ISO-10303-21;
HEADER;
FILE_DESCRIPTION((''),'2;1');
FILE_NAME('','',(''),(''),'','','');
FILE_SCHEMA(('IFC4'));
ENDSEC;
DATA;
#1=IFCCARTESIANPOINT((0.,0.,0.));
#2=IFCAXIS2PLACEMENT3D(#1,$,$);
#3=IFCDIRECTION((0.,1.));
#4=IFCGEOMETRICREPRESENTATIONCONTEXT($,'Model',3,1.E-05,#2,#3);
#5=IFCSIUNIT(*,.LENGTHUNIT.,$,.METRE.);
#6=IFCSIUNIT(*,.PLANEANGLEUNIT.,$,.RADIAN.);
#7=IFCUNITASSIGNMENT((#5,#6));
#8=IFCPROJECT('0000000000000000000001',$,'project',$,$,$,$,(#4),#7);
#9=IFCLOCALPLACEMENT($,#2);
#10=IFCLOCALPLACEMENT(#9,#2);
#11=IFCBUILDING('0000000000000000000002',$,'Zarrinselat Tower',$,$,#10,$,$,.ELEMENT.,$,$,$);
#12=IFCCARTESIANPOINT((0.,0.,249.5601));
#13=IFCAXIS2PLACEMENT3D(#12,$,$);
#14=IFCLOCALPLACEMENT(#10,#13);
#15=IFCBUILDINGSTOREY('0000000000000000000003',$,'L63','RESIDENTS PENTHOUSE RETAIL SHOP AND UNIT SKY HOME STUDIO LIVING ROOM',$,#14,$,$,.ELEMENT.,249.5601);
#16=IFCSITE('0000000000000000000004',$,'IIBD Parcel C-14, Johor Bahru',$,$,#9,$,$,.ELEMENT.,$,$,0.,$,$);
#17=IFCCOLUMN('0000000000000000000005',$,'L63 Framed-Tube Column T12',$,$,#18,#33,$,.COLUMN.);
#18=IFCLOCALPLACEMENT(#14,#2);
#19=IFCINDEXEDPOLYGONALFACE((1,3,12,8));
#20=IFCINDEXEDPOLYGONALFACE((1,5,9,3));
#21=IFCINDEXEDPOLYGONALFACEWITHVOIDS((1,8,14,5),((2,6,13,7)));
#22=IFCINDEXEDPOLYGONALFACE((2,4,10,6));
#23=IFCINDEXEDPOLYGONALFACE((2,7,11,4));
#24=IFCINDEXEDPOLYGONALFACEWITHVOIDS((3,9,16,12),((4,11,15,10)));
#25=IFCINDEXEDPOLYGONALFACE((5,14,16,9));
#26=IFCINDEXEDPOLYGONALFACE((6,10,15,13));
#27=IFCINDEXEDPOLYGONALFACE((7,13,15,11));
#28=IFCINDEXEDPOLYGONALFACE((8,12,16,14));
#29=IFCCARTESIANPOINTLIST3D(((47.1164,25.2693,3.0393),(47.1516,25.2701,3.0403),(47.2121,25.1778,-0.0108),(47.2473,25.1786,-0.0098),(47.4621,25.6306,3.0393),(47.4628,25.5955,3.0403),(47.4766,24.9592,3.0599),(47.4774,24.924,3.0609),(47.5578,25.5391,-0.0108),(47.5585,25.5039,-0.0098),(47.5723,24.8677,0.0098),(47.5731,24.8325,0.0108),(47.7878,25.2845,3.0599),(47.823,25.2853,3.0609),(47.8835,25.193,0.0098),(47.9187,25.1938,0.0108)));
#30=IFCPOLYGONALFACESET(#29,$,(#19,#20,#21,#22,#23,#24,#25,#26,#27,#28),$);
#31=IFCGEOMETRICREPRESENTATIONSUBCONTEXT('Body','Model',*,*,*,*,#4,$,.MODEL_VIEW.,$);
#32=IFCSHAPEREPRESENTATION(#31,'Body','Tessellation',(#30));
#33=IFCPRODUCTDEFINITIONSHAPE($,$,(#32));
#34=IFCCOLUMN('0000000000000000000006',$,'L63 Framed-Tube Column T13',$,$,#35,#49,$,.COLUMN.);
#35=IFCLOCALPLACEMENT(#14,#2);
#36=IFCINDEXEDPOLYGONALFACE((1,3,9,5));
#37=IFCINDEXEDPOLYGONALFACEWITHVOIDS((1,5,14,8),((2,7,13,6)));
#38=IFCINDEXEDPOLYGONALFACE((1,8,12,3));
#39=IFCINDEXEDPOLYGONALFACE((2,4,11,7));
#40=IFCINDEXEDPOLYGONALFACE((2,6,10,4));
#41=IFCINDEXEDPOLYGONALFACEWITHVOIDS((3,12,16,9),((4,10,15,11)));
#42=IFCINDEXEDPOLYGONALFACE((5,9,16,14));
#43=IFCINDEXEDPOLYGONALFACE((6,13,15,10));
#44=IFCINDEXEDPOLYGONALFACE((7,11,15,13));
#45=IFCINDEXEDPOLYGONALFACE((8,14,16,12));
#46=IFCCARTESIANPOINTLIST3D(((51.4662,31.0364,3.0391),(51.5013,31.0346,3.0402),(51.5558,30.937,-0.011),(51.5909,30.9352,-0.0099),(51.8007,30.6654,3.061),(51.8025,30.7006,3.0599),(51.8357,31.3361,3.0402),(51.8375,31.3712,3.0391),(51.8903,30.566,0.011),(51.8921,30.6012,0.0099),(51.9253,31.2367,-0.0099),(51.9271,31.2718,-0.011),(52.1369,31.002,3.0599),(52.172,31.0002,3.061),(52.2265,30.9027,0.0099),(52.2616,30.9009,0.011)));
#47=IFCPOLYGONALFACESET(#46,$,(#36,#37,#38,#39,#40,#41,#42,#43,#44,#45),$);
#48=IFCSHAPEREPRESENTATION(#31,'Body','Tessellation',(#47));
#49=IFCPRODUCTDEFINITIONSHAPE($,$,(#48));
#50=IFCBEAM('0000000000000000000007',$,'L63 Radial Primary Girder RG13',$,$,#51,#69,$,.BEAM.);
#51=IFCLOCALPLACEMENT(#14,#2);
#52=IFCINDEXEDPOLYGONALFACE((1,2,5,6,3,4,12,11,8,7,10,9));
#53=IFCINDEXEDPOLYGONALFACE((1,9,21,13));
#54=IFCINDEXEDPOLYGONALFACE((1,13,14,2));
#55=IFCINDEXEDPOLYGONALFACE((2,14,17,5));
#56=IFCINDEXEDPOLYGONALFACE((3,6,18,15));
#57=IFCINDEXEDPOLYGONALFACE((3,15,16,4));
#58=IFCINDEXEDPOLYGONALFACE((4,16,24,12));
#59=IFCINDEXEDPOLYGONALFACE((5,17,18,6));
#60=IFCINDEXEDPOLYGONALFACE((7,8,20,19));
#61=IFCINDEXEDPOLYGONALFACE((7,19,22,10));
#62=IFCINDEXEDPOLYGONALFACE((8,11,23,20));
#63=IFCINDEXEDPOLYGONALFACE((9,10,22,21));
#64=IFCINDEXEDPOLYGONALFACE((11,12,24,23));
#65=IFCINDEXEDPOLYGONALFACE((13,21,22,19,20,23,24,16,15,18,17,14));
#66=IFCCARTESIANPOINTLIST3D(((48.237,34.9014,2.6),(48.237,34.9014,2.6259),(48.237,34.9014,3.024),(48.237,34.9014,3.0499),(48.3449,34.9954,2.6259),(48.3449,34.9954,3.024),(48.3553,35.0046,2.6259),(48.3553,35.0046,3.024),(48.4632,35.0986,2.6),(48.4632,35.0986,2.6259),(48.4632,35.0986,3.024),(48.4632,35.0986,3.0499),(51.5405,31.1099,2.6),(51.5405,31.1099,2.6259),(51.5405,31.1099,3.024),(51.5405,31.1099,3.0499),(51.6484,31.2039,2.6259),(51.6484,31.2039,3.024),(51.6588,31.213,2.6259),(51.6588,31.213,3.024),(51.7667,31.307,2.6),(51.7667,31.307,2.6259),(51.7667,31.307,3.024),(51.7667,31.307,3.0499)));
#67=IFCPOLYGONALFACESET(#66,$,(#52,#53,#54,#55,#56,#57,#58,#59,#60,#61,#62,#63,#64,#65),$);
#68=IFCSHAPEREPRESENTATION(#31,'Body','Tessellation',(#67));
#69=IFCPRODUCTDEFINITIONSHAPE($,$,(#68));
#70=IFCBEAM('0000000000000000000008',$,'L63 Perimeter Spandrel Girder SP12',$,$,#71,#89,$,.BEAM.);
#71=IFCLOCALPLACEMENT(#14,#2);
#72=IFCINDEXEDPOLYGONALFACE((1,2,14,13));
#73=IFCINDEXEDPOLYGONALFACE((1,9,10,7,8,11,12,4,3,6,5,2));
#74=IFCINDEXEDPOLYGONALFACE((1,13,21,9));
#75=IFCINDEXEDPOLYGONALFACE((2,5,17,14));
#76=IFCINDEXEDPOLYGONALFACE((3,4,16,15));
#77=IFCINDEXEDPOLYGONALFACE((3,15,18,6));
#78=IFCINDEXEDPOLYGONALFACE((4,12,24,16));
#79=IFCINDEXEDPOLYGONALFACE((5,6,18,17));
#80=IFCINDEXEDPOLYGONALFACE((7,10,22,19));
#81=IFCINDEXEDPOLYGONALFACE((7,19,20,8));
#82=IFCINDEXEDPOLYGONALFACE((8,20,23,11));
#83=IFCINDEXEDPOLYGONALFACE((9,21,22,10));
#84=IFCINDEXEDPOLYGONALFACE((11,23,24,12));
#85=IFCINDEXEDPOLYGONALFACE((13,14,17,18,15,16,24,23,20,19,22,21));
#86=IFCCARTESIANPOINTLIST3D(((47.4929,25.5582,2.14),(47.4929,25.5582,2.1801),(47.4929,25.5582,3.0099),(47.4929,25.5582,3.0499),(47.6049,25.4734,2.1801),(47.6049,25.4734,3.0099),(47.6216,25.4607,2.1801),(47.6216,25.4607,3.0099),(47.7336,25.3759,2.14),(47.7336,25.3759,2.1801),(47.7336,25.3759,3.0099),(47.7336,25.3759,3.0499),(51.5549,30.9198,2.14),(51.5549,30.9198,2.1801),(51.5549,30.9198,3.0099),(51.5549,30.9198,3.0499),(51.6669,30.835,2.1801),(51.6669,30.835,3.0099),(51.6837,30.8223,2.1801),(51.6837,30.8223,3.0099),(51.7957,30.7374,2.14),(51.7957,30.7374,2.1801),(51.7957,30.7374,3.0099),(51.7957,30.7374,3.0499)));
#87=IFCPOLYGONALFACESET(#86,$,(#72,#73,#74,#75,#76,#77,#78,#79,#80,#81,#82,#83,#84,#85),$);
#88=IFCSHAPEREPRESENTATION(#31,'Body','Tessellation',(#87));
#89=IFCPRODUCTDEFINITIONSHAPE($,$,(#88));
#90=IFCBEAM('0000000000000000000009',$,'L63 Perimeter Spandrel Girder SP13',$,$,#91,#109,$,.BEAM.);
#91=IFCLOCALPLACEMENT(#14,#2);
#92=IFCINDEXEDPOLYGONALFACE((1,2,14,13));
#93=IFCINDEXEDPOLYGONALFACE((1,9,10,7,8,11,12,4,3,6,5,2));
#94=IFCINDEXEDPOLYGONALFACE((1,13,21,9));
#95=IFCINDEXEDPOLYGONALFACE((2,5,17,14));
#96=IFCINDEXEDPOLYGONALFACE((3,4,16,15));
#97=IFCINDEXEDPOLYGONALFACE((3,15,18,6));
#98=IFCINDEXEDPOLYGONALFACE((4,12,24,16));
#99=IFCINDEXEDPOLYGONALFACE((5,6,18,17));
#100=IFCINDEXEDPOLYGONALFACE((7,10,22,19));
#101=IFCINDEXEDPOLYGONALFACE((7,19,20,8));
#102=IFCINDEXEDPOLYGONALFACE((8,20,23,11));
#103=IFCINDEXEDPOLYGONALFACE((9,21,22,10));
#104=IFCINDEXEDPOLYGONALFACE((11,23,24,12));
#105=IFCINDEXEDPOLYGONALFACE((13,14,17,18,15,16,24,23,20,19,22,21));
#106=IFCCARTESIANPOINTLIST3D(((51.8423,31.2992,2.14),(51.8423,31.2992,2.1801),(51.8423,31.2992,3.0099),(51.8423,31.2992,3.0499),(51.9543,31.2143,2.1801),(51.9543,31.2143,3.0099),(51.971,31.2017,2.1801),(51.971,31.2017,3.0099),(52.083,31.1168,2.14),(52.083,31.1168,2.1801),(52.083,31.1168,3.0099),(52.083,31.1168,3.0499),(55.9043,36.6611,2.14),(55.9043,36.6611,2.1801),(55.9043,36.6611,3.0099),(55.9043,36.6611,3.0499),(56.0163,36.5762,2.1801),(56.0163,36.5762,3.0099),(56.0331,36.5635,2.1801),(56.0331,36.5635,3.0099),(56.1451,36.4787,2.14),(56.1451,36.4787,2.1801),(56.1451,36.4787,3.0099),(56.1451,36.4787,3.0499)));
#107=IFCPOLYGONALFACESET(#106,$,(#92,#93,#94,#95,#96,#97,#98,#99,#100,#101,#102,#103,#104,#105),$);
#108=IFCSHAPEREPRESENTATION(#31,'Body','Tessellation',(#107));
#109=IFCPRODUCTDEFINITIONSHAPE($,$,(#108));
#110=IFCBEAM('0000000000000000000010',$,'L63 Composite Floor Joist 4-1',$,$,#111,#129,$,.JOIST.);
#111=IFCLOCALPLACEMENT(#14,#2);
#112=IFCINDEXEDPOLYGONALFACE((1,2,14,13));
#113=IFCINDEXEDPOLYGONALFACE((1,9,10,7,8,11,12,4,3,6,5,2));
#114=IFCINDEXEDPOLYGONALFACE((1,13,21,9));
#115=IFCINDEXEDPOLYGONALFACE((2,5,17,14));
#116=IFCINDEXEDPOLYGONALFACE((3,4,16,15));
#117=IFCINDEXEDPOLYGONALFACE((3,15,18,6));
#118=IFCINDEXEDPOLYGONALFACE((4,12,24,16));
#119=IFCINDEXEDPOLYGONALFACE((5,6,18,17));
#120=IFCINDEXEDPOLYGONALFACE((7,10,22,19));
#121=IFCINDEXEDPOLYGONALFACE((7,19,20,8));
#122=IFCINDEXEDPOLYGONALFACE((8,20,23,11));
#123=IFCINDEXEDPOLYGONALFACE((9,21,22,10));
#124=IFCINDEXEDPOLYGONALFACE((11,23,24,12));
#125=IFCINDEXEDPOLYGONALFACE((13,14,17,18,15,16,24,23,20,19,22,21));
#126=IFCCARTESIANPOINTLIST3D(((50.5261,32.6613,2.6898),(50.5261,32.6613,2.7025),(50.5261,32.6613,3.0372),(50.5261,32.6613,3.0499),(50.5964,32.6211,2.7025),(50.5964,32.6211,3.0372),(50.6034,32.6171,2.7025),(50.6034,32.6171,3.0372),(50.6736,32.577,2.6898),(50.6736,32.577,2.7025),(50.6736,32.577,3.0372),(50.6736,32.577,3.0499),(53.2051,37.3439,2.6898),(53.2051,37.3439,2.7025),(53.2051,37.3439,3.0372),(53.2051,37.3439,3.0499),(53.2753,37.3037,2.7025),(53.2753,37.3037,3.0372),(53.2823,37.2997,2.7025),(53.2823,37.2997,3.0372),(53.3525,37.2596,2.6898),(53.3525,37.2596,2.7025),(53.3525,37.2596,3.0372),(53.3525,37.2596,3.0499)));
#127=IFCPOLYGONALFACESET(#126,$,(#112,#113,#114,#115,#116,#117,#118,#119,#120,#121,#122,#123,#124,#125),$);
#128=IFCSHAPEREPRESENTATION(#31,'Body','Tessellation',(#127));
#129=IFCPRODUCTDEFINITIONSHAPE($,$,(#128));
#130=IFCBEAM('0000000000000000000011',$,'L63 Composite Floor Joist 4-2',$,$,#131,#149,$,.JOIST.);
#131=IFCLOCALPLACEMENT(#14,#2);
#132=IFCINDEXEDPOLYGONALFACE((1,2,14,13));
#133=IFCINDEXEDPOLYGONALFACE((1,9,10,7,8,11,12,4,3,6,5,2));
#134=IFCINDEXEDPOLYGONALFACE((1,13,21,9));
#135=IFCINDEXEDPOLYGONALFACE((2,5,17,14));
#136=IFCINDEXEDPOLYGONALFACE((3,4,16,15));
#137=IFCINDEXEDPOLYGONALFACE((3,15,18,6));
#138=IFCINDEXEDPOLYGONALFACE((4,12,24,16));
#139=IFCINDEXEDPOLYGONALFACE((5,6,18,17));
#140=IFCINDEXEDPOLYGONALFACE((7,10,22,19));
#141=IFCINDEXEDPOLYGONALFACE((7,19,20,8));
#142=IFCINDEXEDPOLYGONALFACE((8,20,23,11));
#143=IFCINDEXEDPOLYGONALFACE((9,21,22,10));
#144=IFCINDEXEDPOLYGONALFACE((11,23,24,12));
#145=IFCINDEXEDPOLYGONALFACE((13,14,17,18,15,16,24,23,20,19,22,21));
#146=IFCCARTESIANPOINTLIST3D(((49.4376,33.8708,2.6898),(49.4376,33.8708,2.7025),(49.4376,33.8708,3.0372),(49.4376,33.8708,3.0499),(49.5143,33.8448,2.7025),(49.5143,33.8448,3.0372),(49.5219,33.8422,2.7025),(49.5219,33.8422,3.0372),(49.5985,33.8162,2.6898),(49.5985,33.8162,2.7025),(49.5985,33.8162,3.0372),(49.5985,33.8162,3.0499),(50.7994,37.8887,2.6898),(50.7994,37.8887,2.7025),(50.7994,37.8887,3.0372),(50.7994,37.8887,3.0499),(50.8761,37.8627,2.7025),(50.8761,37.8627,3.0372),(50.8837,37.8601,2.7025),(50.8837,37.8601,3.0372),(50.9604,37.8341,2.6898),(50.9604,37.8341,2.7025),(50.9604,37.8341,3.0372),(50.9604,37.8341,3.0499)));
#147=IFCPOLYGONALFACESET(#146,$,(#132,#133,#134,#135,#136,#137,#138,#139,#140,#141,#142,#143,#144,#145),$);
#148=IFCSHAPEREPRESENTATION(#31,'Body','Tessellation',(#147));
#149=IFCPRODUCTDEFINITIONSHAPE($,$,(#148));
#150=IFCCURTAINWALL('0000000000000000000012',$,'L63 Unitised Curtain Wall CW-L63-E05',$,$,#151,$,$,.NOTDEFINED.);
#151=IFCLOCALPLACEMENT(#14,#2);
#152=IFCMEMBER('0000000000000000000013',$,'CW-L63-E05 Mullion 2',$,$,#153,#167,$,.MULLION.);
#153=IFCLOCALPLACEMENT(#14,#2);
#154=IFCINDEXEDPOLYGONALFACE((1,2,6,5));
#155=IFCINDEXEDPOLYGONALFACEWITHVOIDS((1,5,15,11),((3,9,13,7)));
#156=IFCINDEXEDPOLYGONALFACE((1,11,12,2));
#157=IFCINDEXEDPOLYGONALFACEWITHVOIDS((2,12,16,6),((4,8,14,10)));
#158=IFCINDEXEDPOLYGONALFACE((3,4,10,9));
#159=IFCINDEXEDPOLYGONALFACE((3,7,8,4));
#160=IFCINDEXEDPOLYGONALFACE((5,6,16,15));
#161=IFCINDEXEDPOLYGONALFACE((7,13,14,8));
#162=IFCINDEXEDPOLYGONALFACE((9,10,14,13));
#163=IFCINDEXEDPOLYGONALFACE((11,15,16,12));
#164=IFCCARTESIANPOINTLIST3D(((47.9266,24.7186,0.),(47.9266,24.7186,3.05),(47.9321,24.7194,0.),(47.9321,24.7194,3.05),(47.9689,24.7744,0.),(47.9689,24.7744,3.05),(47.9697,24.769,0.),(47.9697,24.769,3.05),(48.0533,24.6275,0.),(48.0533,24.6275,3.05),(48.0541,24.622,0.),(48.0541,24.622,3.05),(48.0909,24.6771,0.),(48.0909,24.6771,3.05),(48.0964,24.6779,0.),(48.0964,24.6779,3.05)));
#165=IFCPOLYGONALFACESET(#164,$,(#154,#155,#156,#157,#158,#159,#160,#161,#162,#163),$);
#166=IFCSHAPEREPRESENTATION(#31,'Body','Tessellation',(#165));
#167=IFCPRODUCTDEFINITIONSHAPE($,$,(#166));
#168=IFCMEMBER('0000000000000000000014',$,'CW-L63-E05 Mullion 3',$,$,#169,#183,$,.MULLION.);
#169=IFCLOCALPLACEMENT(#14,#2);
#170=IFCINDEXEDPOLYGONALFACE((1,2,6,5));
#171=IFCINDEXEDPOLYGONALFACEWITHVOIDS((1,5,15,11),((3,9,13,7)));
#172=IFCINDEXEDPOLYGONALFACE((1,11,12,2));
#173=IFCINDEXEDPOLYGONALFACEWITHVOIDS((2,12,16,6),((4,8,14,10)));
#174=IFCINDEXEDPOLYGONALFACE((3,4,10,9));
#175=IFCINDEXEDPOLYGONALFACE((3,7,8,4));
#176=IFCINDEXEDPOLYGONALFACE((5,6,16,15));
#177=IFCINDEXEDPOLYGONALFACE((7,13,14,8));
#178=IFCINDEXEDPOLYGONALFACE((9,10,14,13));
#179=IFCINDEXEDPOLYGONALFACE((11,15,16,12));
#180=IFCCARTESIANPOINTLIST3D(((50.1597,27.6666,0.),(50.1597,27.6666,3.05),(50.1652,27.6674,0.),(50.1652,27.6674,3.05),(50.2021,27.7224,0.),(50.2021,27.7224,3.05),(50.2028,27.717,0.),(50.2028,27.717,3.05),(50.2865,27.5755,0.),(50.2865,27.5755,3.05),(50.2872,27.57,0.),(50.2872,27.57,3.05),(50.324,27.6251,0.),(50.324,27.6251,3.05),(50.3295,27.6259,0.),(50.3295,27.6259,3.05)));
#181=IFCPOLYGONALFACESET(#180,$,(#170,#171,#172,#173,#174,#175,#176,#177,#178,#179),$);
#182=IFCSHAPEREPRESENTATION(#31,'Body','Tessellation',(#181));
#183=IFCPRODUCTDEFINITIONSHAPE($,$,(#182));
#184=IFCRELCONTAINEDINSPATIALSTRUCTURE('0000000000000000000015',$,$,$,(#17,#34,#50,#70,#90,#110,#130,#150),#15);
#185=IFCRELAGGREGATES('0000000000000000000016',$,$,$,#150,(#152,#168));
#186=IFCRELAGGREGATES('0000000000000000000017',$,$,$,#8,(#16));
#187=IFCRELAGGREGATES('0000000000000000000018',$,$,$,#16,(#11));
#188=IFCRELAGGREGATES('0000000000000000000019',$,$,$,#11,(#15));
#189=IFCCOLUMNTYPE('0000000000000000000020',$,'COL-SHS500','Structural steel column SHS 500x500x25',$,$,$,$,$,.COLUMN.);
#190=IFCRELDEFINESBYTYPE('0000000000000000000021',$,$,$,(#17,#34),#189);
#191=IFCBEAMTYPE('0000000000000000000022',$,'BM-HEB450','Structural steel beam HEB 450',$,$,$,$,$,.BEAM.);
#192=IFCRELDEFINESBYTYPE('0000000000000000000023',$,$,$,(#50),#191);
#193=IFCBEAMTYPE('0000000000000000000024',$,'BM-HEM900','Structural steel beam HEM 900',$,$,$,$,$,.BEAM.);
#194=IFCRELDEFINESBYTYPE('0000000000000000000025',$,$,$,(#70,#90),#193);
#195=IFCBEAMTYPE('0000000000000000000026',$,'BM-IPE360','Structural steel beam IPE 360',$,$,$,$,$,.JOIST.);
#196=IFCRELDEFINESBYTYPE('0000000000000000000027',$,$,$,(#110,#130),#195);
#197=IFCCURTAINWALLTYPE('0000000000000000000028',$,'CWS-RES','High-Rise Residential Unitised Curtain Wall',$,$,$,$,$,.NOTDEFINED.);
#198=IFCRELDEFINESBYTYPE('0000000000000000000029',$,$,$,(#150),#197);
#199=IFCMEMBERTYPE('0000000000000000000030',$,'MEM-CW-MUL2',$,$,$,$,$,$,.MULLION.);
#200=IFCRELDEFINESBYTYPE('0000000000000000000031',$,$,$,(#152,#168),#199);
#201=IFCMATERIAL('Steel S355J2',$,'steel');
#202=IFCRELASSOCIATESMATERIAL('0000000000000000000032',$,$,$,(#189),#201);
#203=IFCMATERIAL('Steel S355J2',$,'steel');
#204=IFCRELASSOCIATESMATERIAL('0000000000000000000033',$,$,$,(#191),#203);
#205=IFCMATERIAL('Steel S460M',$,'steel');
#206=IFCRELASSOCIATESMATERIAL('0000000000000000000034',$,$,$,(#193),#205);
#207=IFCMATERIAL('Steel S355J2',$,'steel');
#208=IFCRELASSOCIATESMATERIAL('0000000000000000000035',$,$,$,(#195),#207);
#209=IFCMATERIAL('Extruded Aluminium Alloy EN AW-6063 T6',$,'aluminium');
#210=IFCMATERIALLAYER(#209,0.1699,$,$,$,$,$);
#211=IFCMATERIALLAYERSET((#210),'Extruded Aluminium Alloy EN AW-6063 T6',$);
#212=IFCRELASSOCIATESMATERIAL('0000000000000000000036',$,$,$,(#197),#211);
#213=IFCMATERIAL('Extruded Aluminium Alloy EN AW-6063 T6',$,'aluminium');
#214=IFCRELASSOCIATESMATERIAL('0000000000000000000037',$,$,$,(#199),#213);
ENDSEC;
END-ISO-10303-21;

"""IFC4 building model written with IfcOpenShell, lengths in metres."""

from ifc_helpers import new_model, si_unit, direction, frame, origin, origin_2d, place, context, subcontext, project, spatial, hollow_rectangle, i_section, extrude, material, layer, layer_set, material_profile, profile_set, type_object, element, aggregate, save


model = new_model("IFC4")

# Units and contexts
model_context = context("Model", 3, precision=1e-05, world=origin(), true_north=direction((0.0, 1.0)))
body_context = subcontext(model_context, "Body", "Model", "MODEL_VIEW")
ifc_project = project(units=[si_unit("LENGTHUNIT", "METRE"), si_unit("PLANEANGLEUNIT", "RADIAN")], contexts=[model_context])

# Site, building, storey
site_placement = place(None, origin())
site = spatial("IfcSite", under=ifc_project, at=site_placement, Name="IIBD Parcel C-14, Johor Bahru", CompositionType="ELEMENT", RefElevation=0.0)
building_placement = place(site_placement, origin())
building = spatial("IfcBuilding", under=site, at=building_placement, Name="Zarrinselat Tower", CompositionType="ELEMENT")
storey_placement = place(building_placement, frame((0.0, 0.0, 249.5601)))
storey = spatial("IfcBuildingStorey", under=building, at=storey_placement, Name="L63", Description="RESIDENTS PENTHOUSE RETAIL SHOP AND UNIT SKY HOME STUDIO LIVING ROOM", CompositionType="ELEMENT", Elevation=249.5601)

# Columns
ifc_material_1 = material(Name="Steel S355J2", Category="steel")
ifc_material_profile_1 = material_profile(ifc_material_1, hollow_rectangle(XDim=0.5, YDim=0.5, WallThickness=0.0249, at=origin_2d()), Name="SHS 500x500x25")
ifc_profile_set_1 = profile_set([ifc_material_profile_1], Name="Steel S355J2")
column_type = type_object("IfcColumnType", Name="COL-SHS500", Description="Structural steel column SHS 500x500x25", PredefinedType="COLUMN", material=ifc_profile_set_1)
for number, where, z_axis, x_axis, name in (
    (1, (47.5654, 25.1858, 0.0), (-0.031348, 0.029989, 0.999059), (-0.691264, -0.722602, 0.0), "L63 Framed-Tube Column T12"),
    (2, (51.9087, 30.9189, 0.0), (-0.029348, 0.032547, 0.999039), (-0.742659, -0.66967, 0.0), "L63 Framed-Tube Column T13"),
):
    element("IfcColumn", number, at=place(storey_placement, frame(where, z_axis=z_axis, x_axis=x_axis)), inside=storey, type_object=column_type, Name=name, PredefinedType="COLUMN", context=body_context, shape_type="SweptSolid", body=[
        extrude(hollow_rectangle(XDim=0.5, YDim=0.5, WallThickness=0.0249, at=origin_2d()), origin(), (0.0, 0.0, 1.0), 3.053),
    ])

# Beams
ifc_material_2 = material(Name="Steel S355J2", Category="steel")
ifc_material_profile_2 = material_profile(ifc_material_2, i_section(OverallWidth=0.3, OverallDepth=0.45, WebThickness=0.0139, FlangeThickness=0.0259, at=origin_2d()), Name="HEB 450")
ifc_profile_set_2 = profile_set([ifc_material_profile_2], Name="Steel S355J2")
beam_type_1 = type_object("IfcBeamType", Name="BM-HEB450", Description="Structural steel beam HEB 450", PredefinedType="BEAM", material=ifc_profile_set_2)
beam_1_placement = place(storey_placement, frame((48.3501, 35.0, 2.825), z_axis=(0.656915, -0.753964, 0.0), x_axis=(0.753964, 0.656915, 0.0)))
element("IfcBeam", 3, at=beam_1_placement, inside=storey, type_object=beam_type_1, Name="L63 Radial Primary Girder RG13", PredefinedType="BEAM", context=body_context, shape_type="SweptSolid", body=[
    extrude(i_section(OverallWidth=0.3, OverallDepth=0.45, WebThickness=0.0139, FlangeThickness=0.0259, at=origin_2d()), origin(), (0.0, 0.0, 1.0), 5.0288),
])
ifc_material_3 = material(Name="Steel S460M", Category="steel")
ifc_material_profile_3 = material_profile(ifc_material_3, i_section(OverallWidth=0.302, OverallDepth=0.9099, WebThickness=0.021, FlangeThickness=0.04, at=origin_2d()), Name="HEM 900")
ifc_profile_set_3 = profile_set([ifc_material_profile_3], Name="Steel S460M")
beam_type_2 = type_object("IfcBeamType", Name="BM-HEM900", Description="Structural steel beam HEM 900", PredefinedType="BEAM", material=ifc_profile_set_3)
beam_2_placement = place(storey_placement, frame((47.6133, 25.467, 2.595), z_axis=(0.603878, 0.797077, 0.0), x_axis=(-0.797077, 0.603878, 0.0)))
element("IfcBeam", 4, at=beam_2_placement, inside=storey, type_object=beam_type_2, Name="L63 Perimeter Spandrel Girder SP12", PredefinedType="BEAM", context=body_context, shape_type="SweptSolid", body=[
    extrude(i_section(OverallWidth=0.302, OverallDepth=0.9099, WebThickness=0.021, FlangeThickness=0.04, at=origin_2d()), origin(), (0.0, 0.0, 1.0), 6.7266),
])
beam_3_placement = place(storey_placement, frame((51.9626, 31.208, 2.595), z_axis=(0.60386, 0.79709, 0.0), x_axis=(-0.79709, 0.60386, 0.0)))
element("IfcBeam", 5, at=beam_3_placement, inside=storey, type_object=beam_type_2, Name="L63 Perimeter Spandrel Girder SP13", PredefinedType="BEAM", context=body_context, shape_type="SweptSolid", body=[
    extrude(i_section(OverallWidth=0.302, OverallDepth=0.9099, WebThickness=0.021, FlangeThickness=0.04, at=origin_2d()), origin(), (0.0, 0.0, 1.0), 6.7268),
])
ifc_material_4 = material(Name="Steel S355J2", Category="steel")
ifc_material_profile_4 = material_profile(ifc_material_4, i_section(OverallWidth=0.1699, OverallDepth=0.3601, WebThickness=0.0081, FlangeThickness=0.0127, at=origin_2d()), Name="IPE 360")
ifc_profile_set_4 = profile_set([ifc_material_profile_4], Name="Steel S355J2")
beam_type_3 = type_object("IfcBeamType", Name="BM-IPE360", Description="Structural steel beam IPE 360", PredefinedType="JOIST", material=ifc_profile_set_4)
beam_4_placement = place(storey_placement, frame((50.5999, 32.6191, 2.8699), z_axis=(0.496582, 0.86799, 0.0), x_axis=(-0.86799, 0.496582, 0.0)))
element("IfcBeam", 6, at=beam_4_placement, inside=storey, type_object=beam_type_3, Name="L63 Composite Floor Joist 4-1", PredefinedType="JOIST", context=body_context, shape_type="SweptSolid", body=[
    extrude(i_section(OverallWidth=0.1699, OverallDepth=0.3601, WebThickness=0.0081, FlangeThickness=0.0127, at=origin_2d()), origin(), (0.0, 0.0, 1.0), 5.3948),
])
beam_5_placement = place(storey_placement, frame((49.5181, 33.8435, 2.8699), z_axis=(0.321006, 0.947077, 0.0), x_axis=(-0.947077, 0.321006, 0.0)))
element("IfcBeam", 7, at=beam_5_placement, inside=storey, type_object=beam_type_3, Name="L63 Composite Floor Joist 4-2", PredefinedType="JOIST", context=body_context, shape_type="SweptSolid", body=[
    extrude(i_section(OverallWidth=0.1699, OverallDepth=0.3601, WebThickness=0.0081, FlangeThickness=0.0127, at=origin_2d()), origin(), (0.0, 0.0, 1.0), 4.2424),
])

# Curtain wall, members
ifc_material_5 = material(Name="Extruded Aluminium Alloy EN AW-6063 T6", Category="aluminium")
ifc_layer_1 = layer(ifc_material_5, 0.1699)
ifc_layer_set_1 = layer_set([ifc_layer_1], Name="Extruded Aluminium Alloy EN AW-6063 T6")
curtain_wall_type = type_object("IfcCurtainWallType", Name="CWS-RES", Description="High-Rise Residential Unitised Curtain Wall", PredefinedType="NOTDEFINED", material=ifc_layer_set_1)
curtain_wall_placement = place(storey_placement, origin())
curtain_wall = element("IfcCurtainWall", 8, at=curtain_wall_placement, inside=storey, type_object=curtain_wall_type, Name="L63 Unitised Curtain Wall CW-L63-E05", PredefinedType="NOTDEFINED")
ifc_material_6 = material(Name="Extruded Aluminium Alloy EN AW-6063 T6", Category="aluminium")
ifc_material_profile_5 = material_profile(ifc_material_6, hollow_rectangle(XDim=0.0701, YDim=0.1599, WallThickness=0.0039, at=origin_2d()), Name="RHS 160x70x4")
ifc_profile_set_5 = profile_set([ifc_material_profile_5], Name="Extruded Aluminium Alloy EN AW-6063 T6")
member_type_1 = type_object("IfcMemberType", Name="MEM-CW-MUL2", PredefinedType="MULLION", material=ifc_profile_set_5)
member_1_placement = place(storey_placement, frame((48.0115, 24.6982, 0.0), z_axis=(0.0, 0.0, 1.0), x_axis=(0.603856, 0.797094, 0.0)))
member_1 = element("IfcMember", 9, at=member_1_placement, type_object=member_type_1, Name="CW-L63-E05 Mullion 2", PredefinedType="MULLION", context=body_context, shape_type="SweptSolid", body=[
    extrude(hollow_rectangle(XDim=0.0701, YDim=0.1599, WallThickness=0.0039, at=origin_2d()), origin(), (0.0, 0.0, 1.0), 3.05),
])
member_2_placement = place(storey_placement, frame((50.2446, 27.6462, 0.0), z_axis=(0.0, 0.0, 1.0), x_axis=(0.603856, 0.797094, 0.0)))
member_2 = element("IfcMember", 10, at=member_2_placement, type_object=member_type_1, Name="CW-L63-E05 Mullion 3", PredefinedType="MULLION", context=body_context, shape_type="SweptSolid", body=[
    extrude(hollow_rectangle(XDim=0.0701, YDim=0.1599, WallThickness=0.0039, at=origin_2d()), origin(), (0.0, 0.0, 1.0), 3.05),
])
aggregate(curtain_wall, [member_1, member_2])

save(model, "model.ifc")
